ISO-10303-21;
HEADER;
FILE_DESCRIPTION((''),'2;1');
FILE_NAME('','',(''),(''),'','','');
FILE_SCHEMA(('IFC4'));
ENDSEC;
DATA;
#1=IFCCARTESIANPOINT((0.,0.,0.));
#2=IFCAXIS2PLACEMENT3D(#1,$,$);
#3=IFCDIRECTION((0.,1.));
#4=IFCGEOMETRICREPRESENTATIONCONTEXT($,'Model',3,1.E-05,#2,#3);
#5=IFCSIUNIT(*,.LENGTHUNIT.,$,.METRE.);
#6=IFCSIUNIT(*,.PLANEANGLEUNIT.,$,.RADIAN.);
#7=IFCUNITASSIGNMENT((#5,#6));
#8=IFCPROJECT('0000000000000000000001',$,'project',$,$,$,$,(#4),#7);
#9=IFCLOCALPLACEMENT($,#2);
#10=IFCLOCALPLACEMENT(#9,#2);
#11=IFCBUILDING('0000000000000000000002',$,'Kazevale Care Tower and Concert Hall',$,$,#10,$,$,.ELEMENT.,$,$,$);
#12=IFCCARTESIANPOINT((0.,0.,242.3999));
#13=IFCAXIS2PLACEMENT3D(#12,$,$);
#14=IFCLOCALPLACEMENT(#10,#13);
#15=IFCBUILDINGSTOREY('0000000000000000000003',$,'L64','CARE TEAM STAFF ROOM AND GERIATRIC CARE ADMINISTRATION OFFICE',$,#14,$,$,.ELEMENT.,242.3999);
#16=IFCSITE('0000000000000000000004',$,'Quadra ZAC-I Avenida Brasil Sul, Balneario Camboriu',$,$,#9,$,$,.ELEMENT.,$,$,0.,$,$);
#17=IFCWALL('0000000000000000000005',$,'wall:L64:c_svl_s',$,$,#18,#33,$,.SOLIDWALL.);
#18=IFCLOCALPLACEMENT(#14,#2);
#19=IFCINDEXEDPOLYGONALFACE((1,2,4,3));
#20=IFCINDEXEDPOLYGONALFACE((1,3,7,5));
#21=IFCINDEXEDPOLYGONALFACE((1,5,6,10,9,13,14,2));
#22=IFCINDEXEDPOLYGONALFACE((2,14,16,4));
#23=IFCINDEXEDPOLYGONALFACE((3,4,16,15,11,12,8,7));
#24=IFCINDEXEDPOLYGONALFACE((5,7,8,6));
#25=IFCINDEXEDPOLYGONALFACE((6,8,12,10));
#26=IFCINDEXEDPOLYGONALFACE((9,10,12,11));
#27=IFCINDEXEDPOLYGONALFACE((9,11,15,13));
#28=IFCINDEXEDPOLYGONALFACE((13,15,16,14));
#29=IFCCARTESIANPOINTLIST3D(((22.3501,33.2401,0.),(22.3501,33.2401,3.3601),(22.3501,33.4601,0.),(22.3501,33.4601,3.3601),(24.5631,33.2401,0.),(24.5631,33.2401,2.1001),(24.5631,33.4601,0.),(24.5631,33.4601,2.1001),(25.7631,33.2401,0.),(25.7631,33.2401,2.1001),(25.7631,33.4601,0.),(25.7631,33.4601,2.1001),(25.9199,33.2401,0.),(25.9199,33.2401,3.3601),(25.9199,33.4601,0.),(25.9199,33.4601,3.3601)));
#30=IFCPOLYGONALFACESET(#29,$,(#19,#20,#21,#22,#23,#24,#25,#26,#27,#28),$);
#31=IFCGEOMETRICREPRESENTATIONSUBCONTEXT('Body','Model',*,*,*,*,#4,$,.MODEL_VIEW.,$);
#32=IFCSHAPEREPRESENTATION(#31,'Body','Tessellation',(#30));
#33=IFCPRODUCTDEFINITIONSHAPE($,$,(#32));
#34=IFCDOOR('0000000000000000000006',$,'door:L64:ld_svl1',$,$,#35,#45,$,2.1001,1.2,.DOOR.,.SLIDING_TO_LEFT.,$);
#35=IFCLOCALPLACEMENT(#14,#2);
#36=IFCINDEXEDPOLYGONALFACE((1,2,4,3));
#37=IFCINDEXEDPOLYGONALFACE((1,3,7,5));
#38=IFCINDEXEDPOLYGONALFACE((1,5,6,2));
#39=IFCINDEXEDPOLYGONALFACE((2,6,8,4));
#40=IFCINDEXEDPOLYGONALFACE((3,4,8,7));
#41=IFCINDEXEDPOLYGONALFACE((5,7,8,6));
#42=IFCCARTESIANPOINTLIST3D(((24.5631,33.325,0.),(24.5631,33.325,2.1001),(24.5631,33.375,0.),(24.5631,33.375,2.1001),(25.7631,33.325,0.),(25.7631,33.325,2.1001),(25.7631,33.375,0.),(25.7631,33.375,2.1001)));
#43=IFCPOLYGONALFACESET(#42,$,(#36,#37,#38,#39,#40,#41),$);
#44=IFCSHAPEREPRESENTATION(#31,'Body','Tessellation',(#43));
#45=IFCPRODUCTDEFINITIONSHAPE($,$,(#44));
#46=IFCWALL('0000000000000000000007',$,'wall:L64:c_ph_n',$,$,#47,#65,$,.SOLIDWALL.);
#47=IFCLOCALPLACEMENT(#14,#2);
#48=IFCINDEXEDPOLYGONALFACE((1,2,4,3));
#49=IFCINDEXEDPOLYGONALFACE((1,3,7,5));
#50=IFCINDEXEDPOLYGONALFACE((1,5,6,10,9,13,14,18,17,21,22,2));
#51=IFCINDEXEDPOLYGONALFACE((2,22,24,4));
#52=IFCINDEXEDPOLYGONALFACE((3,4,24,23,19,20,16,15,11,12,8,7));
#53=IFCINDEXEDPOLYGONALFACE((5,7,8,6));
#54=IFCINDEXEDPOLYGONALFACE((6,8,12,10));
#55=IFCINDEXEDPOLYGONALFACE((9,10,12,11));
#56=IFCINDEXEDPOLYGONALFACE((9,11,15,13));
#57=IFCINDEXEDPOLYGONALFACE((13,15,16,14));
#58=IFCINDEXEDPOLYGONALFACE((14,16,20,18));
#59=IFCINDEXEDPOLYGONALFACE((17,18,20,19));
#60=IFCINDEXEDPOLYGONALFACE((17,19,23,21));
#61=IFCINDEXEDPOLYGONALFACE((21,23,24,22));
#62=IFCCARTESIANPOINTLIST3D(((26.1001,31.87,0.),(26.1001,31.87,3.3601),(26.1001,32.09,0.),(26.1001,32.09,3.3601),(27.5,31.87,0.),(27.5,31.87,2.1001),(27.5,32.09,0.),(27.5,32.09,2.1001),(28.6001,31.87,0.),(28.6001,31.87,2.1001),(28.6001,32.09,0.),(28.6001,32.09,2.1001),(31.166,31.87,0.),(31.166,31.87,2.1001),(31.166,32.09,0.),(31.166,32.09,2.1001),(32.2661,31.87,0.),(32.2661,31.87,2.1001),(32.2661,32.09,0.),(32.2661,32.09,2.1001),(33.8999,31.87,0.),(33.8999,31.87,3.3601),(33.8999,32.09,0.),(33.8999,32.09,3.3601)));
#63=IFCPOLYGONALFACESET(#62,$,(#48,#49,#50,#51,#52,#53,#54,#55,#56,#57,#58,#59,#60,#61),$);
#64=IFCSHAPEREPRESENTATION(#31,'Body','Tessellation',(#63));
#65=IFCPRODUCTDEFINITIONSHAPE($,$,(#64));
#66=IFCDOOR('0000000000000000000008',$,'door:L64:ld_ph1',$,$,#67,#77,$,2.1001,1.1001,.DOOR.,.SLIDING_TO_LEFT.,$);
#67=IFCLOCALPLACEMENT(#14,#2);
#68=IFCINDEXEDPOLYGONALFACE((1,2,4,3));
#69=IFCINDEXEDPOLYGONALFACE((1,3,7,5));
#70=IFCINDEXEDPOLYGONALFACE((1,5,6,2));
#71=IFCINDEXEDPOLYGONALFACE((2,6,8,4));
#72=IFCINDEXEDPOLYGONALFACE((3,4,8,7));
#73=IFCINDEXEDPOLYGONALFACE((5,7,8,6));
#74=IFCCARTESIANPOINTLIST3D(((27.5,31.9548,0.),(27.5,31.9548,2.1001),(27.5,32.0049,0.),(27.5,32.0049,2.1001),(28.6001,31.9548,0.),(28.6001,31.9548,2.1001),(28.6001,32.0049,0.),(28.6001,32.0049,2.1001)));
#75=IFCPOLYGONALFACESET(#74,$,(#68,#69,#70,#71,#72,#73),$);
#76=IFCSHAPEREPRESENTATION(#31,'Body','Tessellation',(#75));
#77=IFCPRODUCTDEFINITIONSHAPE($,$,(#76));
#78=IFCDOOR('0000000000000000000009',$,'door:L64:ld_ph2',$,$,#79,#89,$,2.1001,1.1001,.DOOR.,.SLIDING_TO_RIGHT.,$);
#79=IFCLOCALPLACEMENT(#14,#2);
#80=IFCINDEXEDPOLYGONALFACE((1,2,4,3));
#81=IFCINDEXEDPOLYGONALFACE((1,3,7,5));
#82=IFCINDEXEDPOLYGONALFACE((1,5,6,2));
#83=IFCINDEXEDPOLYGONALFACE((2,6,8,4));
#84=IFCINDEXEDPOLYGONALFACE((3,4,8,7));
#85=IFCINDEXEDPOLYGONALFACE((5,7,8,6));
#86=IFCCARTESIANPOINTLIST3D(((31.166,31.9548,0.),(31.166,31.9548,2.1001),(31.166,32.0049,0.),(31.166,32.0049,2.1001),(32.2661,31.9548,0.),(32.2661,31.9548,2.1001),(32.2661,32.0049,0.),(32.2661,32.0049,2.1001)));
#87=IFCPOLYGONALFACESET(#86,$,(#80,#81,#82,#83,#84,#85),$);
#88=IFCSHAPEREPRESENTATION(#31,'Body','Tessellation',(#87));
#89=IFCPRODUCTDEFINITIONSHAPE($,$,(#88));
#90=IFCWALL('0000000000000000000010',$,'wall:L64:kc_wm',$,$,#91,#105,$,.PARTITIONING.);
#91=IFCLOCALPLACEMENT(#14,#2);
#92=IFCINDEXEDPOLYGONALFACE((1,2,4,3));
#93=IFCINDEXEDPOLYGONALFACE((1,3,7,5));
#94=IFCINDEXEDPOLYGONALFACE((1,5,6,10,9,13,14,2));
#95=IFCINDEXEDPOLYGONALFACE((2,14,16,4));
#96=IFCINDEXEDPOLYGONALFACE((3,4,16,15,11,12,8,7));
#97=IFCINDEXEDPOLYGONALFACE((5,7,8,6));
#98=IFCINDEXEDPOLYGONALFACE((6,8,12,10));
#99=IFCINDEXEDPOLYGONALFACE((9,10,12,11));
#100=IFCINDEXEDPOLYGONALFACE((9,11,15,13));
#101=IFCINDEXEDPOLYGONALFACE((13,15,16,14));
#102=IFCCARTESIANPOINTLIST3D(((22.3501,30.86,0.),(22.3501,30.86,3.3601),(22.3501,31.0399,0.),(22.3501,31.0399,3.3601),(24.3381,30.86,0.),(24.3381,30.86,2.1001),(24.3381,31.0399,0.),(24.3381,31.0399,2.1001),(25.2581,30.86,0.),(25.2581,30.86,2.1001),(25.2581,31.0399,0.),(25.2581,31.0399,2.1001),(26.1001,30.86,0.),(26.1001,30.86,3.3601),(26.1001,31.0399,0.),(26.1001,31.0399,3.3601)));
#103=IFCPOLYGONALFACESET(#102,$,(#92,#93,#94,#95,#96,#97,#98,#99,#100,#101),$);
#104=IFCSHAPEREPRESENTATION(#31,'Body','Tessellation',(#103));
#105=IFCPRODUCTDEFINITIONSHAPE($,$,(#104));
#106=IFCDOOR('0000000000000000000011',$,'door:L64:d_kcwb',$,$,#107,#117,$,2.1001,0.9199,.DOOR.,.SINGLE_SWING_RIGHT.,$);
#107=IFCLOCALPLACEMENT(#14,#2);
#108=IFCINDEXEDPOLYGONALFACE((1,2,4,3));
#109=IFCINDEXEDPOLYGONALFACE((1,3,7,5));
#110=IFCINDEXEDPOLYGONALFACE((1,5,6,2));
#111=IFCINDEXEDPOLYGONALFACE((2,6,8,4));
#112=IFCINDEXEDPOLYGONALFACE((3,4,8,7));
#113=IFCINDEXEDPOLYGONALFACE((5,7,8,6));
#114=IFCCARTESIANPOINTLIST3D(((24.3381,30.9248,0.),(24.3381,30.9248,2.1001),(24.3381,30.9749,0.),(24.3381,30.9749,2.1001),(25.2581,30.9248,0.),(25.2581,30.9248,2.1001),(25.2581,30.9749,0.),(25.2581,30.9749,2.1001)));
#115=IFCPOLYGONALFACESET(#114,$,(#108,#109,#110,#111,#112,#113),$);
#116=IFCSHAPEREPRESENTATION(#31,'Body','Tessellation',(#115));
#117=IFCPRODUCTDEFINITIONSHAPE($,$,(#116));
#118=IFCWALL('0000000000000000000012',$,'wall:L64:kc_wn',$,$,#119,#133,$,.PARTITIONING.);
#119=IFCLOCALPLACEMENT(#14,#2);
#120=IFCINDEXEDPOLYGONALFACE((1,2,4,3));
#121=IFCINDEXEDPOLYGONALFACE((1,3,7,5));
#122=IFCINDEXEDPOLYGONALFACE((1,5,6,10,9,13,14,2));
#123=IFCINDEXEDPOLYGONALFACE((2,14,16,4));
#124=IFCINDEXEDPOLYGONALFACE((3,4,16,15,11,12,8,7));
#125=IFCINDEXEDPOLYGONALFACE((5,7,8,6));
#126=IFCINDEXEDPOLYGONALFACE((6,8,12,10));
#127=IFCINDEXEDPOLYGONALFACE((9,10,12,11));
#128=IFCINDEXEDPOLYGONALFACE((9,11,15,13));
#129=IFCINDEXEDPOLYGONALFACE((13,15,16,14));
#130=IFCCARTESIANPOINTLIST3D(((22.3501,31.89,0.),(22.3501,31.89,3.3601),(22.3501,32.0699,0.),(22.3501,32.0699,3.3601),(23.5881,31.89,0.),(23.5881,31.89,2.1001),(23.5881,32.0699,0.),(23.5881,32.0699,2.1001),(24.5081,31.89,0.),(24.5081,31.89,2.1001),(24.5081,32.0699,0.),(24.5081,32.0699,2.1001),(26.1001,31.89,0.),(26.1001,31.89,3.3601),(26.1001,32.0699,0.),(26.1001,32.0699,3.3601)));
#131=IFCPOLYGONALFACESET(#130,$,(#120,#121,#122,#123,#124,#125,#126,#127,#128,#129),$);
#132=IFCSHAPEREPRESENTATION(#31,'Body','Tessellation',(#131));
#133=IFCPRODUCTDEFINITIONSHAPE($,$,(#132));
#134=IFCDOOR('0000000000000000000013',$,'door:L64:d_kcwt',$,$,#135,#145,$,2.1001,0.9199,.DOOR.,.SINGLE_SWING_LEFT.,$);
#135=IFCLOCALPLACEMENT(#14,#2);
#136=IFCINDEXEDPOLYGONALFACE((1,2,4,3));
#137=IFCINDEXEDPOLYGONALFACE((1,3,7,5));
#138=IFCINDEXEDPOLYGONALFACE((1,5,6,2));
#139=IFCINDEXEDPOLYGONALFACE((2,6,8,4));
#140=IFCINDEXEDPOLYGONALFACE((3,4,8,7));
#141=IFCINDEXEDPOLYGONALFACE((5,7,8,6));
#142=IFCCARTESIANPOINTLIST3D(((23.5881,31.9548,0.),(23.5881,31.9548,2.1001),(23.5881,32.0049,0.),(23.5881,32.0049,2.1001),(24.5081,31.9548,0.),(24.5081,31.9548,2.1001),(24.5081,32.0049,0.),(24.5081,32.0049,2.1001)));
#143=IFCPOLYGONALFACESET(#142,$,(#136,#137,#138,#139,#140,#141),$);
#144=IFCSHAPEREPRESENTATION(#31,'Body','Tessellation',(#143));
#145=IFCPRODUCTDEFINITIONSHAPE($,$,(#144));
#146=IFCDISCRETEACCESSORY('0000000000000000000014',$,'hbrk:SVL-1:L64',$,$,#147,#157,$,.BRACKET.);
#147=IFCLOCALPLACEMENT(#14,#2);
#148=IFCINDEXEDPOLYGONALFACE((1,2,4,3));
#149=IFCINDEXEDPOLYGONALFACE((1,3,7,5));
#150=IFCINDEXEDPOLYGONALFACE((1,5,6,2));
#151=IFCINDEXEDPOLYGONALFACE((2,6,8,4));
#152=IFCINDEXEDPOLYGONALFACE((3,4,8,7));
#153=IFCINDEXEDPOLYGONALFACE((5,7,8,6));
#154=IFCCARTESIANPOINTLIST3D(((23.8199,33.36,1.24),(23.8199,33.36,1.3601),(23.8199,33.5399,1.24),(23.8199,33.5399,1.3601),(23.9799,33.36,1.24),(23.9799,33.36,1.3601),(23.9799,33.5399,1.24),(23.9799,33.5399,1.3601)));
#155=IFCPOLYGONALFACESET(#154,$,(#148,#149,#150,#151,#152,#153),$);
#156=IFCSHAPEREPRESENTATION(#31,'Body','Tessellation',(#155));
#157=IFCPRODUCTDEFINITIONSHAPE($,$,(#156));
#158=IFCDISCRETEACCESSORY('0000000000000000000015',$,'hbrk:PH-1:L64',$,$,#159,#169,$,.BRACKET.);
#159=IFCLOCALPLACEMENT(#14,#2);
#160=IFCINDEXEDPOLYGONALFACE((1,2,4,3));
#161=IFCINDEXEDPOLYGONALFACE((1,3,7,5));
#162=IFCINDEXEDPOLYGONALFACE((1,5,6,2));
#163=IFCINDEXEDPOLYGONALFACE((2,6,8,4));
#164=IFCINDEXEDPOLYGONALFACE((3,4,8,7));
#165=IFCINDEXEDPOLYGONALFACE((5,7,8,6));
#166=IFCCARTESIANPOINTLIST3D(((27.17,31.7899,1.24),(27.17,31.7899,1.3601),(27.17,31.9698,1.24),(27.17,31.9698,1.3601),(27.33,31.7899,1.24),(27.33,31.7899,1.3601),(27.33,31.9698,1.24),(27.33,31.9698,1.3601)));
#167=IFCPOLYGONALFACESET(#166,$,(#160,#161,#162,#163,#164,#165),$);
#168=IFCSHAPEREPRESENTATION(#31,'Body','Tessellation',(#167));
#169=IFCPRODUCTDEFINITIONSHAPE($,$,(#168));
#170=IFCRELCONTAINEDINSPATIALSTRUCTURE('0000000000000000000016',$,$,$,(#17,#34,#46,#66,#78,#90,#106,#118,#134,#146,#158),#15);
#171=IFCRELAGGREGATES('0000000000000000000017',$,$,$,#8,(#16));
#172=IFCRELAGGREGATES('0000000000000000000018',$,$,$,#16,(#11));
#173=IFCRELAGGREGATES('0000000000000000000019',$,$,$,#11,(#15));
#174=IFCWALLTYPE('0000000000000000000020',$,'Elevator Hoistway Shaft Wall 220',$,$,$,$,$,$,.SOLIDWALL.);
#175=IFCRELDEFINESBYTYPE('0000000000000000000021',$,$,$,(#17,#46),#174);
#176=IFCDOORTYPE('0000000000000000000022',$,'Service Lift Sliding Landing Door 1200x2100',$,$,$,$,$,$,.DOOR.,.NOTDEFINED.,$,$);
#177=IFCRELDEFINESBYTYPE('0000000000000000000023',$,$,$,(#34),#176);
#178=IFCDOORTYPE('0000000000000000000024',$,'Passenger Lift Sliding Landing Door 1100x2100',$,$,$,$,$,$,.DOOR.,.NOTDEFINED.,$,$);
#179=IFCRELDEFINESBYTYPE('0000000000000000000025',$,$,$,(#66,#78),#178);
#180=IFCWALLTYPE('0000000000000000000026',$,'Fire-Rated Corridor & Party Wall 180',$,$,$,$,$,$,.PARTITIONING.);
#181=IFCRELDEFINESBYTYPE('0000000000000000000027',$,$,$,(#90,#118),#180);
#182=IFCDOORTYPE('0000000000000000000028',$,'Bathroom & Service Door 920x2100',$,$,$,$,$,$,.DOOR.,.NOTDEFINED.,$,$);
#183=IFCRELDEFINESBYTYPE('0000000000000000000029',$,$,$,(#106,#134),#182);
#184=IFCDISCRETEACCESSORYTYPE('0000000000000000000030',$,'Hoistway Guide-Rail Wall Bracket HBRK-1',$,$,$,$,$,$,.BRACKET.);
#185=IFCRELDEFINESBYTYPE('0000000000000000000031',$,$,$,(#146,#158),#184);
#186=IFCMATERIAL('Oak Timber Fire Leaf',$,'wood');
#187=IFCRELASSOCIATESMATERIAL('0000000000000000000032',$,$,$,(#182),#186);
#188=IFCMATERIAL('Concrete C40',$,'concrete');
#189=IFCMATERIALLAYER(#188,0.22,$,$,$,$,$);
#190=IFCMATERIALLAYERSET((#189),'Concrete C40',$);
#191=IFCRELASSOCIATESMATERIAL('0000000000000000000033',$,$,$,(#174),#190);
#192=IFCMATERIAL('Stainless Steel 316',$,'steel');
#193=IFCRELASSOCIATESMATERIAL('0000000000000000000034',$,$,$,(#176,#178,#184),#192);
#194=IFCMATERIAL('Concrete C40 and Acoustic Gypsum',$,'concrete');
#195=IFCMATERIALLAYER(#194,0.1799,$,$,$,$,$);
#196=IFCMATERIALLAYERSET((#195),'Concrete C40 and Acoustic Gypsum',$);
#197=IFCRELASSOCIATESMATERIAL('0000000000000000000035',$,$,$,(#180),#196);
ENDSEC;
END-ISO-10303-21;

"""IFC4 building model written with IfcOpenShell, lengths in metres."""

from ifc_helpers import new_model, si_unit, direction, frame, frame_2d, origin, origin_2d, place, context, subcontext, project, spatial, rectangle, extrude, material, layer, layer_set, type_object, element, fill, save


model = new_model("IFC4")

# Units and contexts
model_context = context("Model", 3, precision=1e-05, world=origin(), true_north=direction((0.0, 1.0)))
body_context = subcontext(model_context, "Body", "Model", "MODEL_VIEW")
ifc_project = project(units=[si_unit("LENGTHUNIT", "METRE"), si_unit("PLANEANGLEUNIT", "RADIAN")], contexts=[model_context])

# Site, building, storey
site_placement = place(None, origin())
site = spatial("IfcSite", under=ifc_project, at=site_placement, Name="Quadra ZAC-I Avenida Brasil Sul, Balneario Camboriu", CompositionType="ELEMENT", RefElevation=0.0)
building_placement = place(site_placement, origin())
building = spatial("IfcBuilding", under=site, at=building_placement, Name="Kazevale Care Tower and Concert Hall", CompositionType="ELEMENT")
storey_placement = place(building_placement, frame((0.0, 0.0, 242.3999)))
storey = spatial("IfcBuildingStorey", under=building, at=storey_placement, Name="L64", Description="CARE TEAM STAFF ROOM AND GERIATRIC CARE ADMINISTRATION OFFICE", CompositionType="ELEMENT", Elevation=242.3999)

# Shared definitions
ifc_material_1 = material(Name="Oak Timber Fire Leaf", Category="wood")
door_type_1 = type_object("IfcDoorType", Name="Bathroom & Service Door 920x2100", OperationType="NOTDEFINED", PredefinedType="DOOR", material=ifc_material_1)

# Shared definitions
ifc_material_2 = material(Name="Concrete C40", Category="concrete")
ifc_layer_1 = layer(ifc_material_2, 0.22)
ifc_layer_set_1 = layer_set([ifc_layer_1], Name="Concrete C40")
wall_type_1 = type_object("IfcWallType", Name="Elevator Hoistway Shaft Wall 220", PredefinedType="SOLIDWALL", material=ifc_layer_set_1)

# Wall, opening, door
wall_1_placement = place(storey_placement, frame((22.3501, 33.3501, 0.0), z_axis=(0.0, 0.0, 1.0), x_axis=(1.0, 0.0, 0.0)))
wall_1 = element("IfcWall", 1, at=wall_1_placement, inside=storey, type_object=wall_type_1, Name="wall:L64:c_svl_s", PredefinedType="SOLIDWALL", context=body_context, shape_type="SweptSolid", body=[
    extrude(rectangle(XDim=3.5698, YDim=0.22, at=frame_2d((1.7849, 0.0))), origin(), (0.0, 0.0, 1.0), 3.3601),
])
opening_1_placement = place(wall_1_placement, frame((2.2129, 0.0, 0.0)))
opening_1 = element("IfcOpeningElement", 2, at=opening_1_placement, cuts=wall_1, PredefinedType="OPENING", context=body_context, shape_type="SweptSolid", body=[
    extrude(rectangle(XDim=1.2, YDim=2.1001, at=frame_2d((0.6001, 1.05))), frame((0.0, 0.1199, 0.0), z_axis=(0.0, -1.0, 0.0), x_axis=(1.0, 0.0, 0.0)), (0.0, 0.0, 1.0), 0.24),
])
ifc_material_3 = material(Name="Stainless Steel 316", Category="steel")
door_type_2 = type_object("IfcDoorType", Name="Service Lift Sliding Landing Door 1200x2100", OperationType="NOTDEFINED", PredefinedType="DOOR", material=ifc_material_3)
door_1_placement = place(opening_1_placement, origin())
door_1 = element("IfcDoor", 3, at=door_1_placement, inside=storey, type_object=door_type_2, Name="door:L64:ld_svl1", OperationType="SLIDING_TO_LEFT", OverallHeight=2.1001, OverallWidth=1.2, PredefinedType="DOOR", context=body_context, shape_type="SweptSolid", body=[
    extrude(rectangle(XDim=1.2, YDim=2.1001, at=frame_2d((0.6001, 1.05))), frame((0.0, 0.0249, 0.0), z_axis=(0.0, -1.0, 0.0), x_axis=(1.0, 0.0, 0.0)), (0.0, 0.0, 1.0), 0.05),
])
fill(opening_1, door_1)

# Wall, openings, doors
wall_2_placement = place(storey_placement, frame((26.1001, 31.98, 0.0), z_axis=(0.0, 0.0, 1.0), x_axis=(1.0, 0.0, 0.0)))
wall_2 = element("IfcWall", 4, at=wall_2_placement, inside=storey, type_object=wall_type_1, Name="wall:L64:c_ph_n", PredefinedType="SOLIDWALL", context=body_context, shape_type="SweptSolid", body=[
    extrude(rectangle(XDim=7.7998, YDim=0.22, at=frame_2d((3.8999, 0.0))), origin(), (0.0, 0.0, 1.0), 3.3601),
])
opening_2_placement = place(wall_2_placement, frame((1.3999, 0.0, 0.0)))
opening_2 = element("IfcOpeningElement", 5, at=opening_2_placement, cuts=wall_2, PredefinedType="OPENING", context=body_context, shape_type="SweptSolid", body=[
    extrude(rectangle(XDim=1.1001, YDim=2.1001, at=frame_2d((0.55, 1.05))), frame((0.0, 0.1199, 0.0), z_axis=(0.0, -1.0, 0.0), x_axis=(1.0, 0.0, 0.0)), (0.0, 0.0, 1.0), 0.24),
])
opening_3_placement = place(wall_2_placement, frame((5.0659, 0.0, 0.0)))
opening_3 = element("IfcOpeningElement", 6, at=opening_3_placement, cuts=wall_2, PredefinedType="OPENING", context=body_context, shape_type="SweptSolid", body=[
    extrude(rectangle(XDim=1.1001, YDim=2.1001, at=frame_2d((0.55, 1.05))), frame((0.0, 0.1199, 0.0), z_axis=(0.0, -1.0, 0.0), x_axis=(1.0, 0.0, 0.0)), (0.0, 0.0, 1.0), 0.24),
])
door_type_3 = type_object("IfcDoorType", Name="Passenger Lift Sliding Landing Door 1100x2100", OperationType="NOTDEFINED", PredefinedType="DOOR", material=ifc_material_3)
door_2_placement = place(opening_2_placement, origin())
door_2 = element("IfcDoor", 7, at=door_2_placement, inside=storey, type_object=door_type_3, Name="door:L64:ld_ph1", OperationType="SLIDING_TO_LEFT", OverallHeight=2.1001, OverallWidth=1.1001, PredefinedType="DOOR", context=body_context, shape_type="SweptSolid", body=[
    extrude(rectangle(XDim=1.1001, YDim=2.1001, at=frame_2d((0.55, 1.05))), frame((0.0, 0.0249, 0.0), z_axis=(0.0, -1.0, 0.0), x_axis=(1.0, 0.0, 0.0)), (0.0, 0.0, 1.0), 0.05),
])
fill(opening_2, door_2)
door_3_placement = place(opening_3_placement, origin())
door_3 = element("IfcDoor", 8, at=door_3_placement, inside=storey, type_object=door_type_3, Name="door:L64:ld_ph2", OperationType="SLIDING_TO_RIGHT", OverallHeight=2.1001, OverallWidth=1.1001, PredefinedType="DOOR", context=body_context, shape_type="SweptSolid", body=[
    extrude(rectangle(XDim=1.1001, YDim=2.1001, at=frame_2d((0.55, 1.05))), frame((0.0, 0.0249, 0.0), z_axis=(0.0, -1.0, 0.0), x_axis=(1.0, 0.0, 0.0)), (0.0, 0.0, 1.0), 0.05),
])
fill(opening_3, door_3)

# Walls, openings, doors
ifc_material_4 = material(Name="Concrete C40 and Acoustic Gypsum", Category="concrete")
ifc_layer_2 = layer(ifc_material_4, 0.1799)
ifc_layer_set_2 = layer_set([ifc_layer_2], Name="Concrete C40 and Acoustic Gypsum")
wall_type_2 = type_object("IfcWallType", Name="Fire-Rated Corridor & Party Wall 180", PredefinedType="PARTITIONING", material=ifc_layer_set_2)
wall_3_placement = place(storey_placement, frame((22.3501, 30.95, 0.0), z_axis=(0.0, 0.0, 1.0), x_axis=(1.0, 0.0, 0.0)))
wall_3 = element("IfcWall", 9, at=wall_3_placement, inside=storey, type_object=wall_type_2, Name="wall:L64:kc_wm", PredefinedType="PARTITIONING", context=body_context, shape_type="SweptSolid", body=[
    extrude(rectangle(XDim=3.75, YDim=0.1799, at=frame_2d((1.875, 0.0))), origin(), (0.0, 0.0, 1.0), 3.3601),
])
opening_4_placement = place(wall_3_placement, frame((1.988, 0.0, 0.0)))
opening_4 = element("IfcOpeningElement", 10, at=opening_4_placement, cuts=wall_3, PredefinedType="OPENING", context=body_context, shape_type="SweptSolid", body=[
    extrude(rectangle(XDim=0.9199, YDim=2.1001, at=frame_2d((0.46, 1.05))), frame((0.0, 0.0999, 0.0), z_axis=(0.0, -1.0, 0.0), x_axis=(1.0, 0.0, 0.0)), (0.0, 0.0, 1.0), 0.2),
])
door_4_placement = place(opening_4_placement, origin())
door_4 = element("IfcDoor", 11, at=door_4_placement, inside=storey, type_object=door_type_1, Name="door:L64:d_kcwb", OperationType="SINGLE_SWING_RIGHT", OverallHeight=2.1001, OverallWidth=0.9199, PredefinedType="DOOR", context=body_context, shape_type="SweptSolid", body=[
    extrude(rectangle(XDim=0.9199, YDim=2.1001, at=frame_2d((0.46, 1.05))), frame((0.0, 0.0249, 0.0), z_axis=(0.0, -1.0, 0.0), x_axis=(1.0, 0.0, 0.0)), (0.0, 0.0, 1.0), 0.05),
])
fill(opening_4, door_4)
wall_4_placement = place(storey_placement, frame((22.3501, 31.98, 0.0), z_axis=(0.0, 0.0, 1.0), x_axis=(1.0, 0.0, 0.0)))
wall_4 = element("IfcWall", 12, at=wall_4_placement, inside=storey, type_object=wall_type_2, Name="wall:L64:kc_wn", PredefinedType="PARTITIONING", context=body_context, shape_type="SweptSolid", body=[
    extrude(rectangle(XDim=3.75, YDim=0.1799, at=frame_2d((1.875, 0.0))), origin(), (0.0, 0.0, 1.0), 3.3601),
])
opening_5_placement = place(wall_4_placement, frame((1.238, 0.0, 0.0)))
opening_5 = element("IfcOpeningElement", 13, at=opening_5_placement, cuts=wall_4, PredefinedType="OPENING", context=body_context, shape_type="SweptSolid", body=[
    extrude(rectangle(XDim=0.9199, YDim=2.1001, at=frame_2d((0.46, 1.05))), frame((0.0, 0.0999, 0.0), z_axis=(0.0, -1.0, 0.0), x_axis=(1.0, 0.0, 0.0)), (0.0, 0.0, 1.0), 0.2),
])
door_5_placement = place(opening_5_placement, origin())
door_5 = element("IfcDoor", 14, at=door_5_placement, inside=storey, type_object=door_type_1, Name="door:L64:d_kcwt", OperationType="SINGLE_SWING_LEFT", OverallHeight=2.1001, OverallWidth=0.9199, PredefinedType="DOOR", context=body_context, shape_type="SweptSolid", body=[
    extrude(rectangle(XDim=0.9199, YDim=2.1001, at=frame_2d((0.46, 1.05))), frame((0.0, 0.0249, 0.0), z_axis=(0.0, -1.0, 0.0), x_axis=(1.0, 0.0, 0.0)), (0.0, 0.0, 1.0), 0.05),
])
fill(opening_5, door_5)

# Discrete accessories
discrete_accessory_type = type_object("IfcDiscreteAccessoryType", Name="Hoistway Guide-Rail Wall Bracket HBRK-1", PredefinedType="BRACKET", material=ifc_material_3)
for number, where, z_axis, x_axis, name in (
    (15, (23.8999, 33.45, 1.24), (0.0, 0.0, 1.0), (1.0, 0.0, 0.0), "hbrk:SVL-1:L64"),
    (16, (27.25, 31.8799, 1.24), (0.0, 0.0, 1.0), (1.0, 0.0, 0.0), "hbrk:PH-1:L64"),
):
    element("IfcDiscreteAccessory", number, at=place(storey_placement, frame(where, z_axis=z_axis, x_axis=x_axis)), inside=storey, type_object=discrete_accessory_type, Name=name, PredefinedType="BRACKET", context=body_context, shape_type="SweptSolid", body=[
        extrude(rectangle(XDim=0.1599, YDim=0.1799, at=origin_2d()), origin(), (0.0, 0.0, 1.0), 0.1201),
    ])

save(model, "model.ifc")
